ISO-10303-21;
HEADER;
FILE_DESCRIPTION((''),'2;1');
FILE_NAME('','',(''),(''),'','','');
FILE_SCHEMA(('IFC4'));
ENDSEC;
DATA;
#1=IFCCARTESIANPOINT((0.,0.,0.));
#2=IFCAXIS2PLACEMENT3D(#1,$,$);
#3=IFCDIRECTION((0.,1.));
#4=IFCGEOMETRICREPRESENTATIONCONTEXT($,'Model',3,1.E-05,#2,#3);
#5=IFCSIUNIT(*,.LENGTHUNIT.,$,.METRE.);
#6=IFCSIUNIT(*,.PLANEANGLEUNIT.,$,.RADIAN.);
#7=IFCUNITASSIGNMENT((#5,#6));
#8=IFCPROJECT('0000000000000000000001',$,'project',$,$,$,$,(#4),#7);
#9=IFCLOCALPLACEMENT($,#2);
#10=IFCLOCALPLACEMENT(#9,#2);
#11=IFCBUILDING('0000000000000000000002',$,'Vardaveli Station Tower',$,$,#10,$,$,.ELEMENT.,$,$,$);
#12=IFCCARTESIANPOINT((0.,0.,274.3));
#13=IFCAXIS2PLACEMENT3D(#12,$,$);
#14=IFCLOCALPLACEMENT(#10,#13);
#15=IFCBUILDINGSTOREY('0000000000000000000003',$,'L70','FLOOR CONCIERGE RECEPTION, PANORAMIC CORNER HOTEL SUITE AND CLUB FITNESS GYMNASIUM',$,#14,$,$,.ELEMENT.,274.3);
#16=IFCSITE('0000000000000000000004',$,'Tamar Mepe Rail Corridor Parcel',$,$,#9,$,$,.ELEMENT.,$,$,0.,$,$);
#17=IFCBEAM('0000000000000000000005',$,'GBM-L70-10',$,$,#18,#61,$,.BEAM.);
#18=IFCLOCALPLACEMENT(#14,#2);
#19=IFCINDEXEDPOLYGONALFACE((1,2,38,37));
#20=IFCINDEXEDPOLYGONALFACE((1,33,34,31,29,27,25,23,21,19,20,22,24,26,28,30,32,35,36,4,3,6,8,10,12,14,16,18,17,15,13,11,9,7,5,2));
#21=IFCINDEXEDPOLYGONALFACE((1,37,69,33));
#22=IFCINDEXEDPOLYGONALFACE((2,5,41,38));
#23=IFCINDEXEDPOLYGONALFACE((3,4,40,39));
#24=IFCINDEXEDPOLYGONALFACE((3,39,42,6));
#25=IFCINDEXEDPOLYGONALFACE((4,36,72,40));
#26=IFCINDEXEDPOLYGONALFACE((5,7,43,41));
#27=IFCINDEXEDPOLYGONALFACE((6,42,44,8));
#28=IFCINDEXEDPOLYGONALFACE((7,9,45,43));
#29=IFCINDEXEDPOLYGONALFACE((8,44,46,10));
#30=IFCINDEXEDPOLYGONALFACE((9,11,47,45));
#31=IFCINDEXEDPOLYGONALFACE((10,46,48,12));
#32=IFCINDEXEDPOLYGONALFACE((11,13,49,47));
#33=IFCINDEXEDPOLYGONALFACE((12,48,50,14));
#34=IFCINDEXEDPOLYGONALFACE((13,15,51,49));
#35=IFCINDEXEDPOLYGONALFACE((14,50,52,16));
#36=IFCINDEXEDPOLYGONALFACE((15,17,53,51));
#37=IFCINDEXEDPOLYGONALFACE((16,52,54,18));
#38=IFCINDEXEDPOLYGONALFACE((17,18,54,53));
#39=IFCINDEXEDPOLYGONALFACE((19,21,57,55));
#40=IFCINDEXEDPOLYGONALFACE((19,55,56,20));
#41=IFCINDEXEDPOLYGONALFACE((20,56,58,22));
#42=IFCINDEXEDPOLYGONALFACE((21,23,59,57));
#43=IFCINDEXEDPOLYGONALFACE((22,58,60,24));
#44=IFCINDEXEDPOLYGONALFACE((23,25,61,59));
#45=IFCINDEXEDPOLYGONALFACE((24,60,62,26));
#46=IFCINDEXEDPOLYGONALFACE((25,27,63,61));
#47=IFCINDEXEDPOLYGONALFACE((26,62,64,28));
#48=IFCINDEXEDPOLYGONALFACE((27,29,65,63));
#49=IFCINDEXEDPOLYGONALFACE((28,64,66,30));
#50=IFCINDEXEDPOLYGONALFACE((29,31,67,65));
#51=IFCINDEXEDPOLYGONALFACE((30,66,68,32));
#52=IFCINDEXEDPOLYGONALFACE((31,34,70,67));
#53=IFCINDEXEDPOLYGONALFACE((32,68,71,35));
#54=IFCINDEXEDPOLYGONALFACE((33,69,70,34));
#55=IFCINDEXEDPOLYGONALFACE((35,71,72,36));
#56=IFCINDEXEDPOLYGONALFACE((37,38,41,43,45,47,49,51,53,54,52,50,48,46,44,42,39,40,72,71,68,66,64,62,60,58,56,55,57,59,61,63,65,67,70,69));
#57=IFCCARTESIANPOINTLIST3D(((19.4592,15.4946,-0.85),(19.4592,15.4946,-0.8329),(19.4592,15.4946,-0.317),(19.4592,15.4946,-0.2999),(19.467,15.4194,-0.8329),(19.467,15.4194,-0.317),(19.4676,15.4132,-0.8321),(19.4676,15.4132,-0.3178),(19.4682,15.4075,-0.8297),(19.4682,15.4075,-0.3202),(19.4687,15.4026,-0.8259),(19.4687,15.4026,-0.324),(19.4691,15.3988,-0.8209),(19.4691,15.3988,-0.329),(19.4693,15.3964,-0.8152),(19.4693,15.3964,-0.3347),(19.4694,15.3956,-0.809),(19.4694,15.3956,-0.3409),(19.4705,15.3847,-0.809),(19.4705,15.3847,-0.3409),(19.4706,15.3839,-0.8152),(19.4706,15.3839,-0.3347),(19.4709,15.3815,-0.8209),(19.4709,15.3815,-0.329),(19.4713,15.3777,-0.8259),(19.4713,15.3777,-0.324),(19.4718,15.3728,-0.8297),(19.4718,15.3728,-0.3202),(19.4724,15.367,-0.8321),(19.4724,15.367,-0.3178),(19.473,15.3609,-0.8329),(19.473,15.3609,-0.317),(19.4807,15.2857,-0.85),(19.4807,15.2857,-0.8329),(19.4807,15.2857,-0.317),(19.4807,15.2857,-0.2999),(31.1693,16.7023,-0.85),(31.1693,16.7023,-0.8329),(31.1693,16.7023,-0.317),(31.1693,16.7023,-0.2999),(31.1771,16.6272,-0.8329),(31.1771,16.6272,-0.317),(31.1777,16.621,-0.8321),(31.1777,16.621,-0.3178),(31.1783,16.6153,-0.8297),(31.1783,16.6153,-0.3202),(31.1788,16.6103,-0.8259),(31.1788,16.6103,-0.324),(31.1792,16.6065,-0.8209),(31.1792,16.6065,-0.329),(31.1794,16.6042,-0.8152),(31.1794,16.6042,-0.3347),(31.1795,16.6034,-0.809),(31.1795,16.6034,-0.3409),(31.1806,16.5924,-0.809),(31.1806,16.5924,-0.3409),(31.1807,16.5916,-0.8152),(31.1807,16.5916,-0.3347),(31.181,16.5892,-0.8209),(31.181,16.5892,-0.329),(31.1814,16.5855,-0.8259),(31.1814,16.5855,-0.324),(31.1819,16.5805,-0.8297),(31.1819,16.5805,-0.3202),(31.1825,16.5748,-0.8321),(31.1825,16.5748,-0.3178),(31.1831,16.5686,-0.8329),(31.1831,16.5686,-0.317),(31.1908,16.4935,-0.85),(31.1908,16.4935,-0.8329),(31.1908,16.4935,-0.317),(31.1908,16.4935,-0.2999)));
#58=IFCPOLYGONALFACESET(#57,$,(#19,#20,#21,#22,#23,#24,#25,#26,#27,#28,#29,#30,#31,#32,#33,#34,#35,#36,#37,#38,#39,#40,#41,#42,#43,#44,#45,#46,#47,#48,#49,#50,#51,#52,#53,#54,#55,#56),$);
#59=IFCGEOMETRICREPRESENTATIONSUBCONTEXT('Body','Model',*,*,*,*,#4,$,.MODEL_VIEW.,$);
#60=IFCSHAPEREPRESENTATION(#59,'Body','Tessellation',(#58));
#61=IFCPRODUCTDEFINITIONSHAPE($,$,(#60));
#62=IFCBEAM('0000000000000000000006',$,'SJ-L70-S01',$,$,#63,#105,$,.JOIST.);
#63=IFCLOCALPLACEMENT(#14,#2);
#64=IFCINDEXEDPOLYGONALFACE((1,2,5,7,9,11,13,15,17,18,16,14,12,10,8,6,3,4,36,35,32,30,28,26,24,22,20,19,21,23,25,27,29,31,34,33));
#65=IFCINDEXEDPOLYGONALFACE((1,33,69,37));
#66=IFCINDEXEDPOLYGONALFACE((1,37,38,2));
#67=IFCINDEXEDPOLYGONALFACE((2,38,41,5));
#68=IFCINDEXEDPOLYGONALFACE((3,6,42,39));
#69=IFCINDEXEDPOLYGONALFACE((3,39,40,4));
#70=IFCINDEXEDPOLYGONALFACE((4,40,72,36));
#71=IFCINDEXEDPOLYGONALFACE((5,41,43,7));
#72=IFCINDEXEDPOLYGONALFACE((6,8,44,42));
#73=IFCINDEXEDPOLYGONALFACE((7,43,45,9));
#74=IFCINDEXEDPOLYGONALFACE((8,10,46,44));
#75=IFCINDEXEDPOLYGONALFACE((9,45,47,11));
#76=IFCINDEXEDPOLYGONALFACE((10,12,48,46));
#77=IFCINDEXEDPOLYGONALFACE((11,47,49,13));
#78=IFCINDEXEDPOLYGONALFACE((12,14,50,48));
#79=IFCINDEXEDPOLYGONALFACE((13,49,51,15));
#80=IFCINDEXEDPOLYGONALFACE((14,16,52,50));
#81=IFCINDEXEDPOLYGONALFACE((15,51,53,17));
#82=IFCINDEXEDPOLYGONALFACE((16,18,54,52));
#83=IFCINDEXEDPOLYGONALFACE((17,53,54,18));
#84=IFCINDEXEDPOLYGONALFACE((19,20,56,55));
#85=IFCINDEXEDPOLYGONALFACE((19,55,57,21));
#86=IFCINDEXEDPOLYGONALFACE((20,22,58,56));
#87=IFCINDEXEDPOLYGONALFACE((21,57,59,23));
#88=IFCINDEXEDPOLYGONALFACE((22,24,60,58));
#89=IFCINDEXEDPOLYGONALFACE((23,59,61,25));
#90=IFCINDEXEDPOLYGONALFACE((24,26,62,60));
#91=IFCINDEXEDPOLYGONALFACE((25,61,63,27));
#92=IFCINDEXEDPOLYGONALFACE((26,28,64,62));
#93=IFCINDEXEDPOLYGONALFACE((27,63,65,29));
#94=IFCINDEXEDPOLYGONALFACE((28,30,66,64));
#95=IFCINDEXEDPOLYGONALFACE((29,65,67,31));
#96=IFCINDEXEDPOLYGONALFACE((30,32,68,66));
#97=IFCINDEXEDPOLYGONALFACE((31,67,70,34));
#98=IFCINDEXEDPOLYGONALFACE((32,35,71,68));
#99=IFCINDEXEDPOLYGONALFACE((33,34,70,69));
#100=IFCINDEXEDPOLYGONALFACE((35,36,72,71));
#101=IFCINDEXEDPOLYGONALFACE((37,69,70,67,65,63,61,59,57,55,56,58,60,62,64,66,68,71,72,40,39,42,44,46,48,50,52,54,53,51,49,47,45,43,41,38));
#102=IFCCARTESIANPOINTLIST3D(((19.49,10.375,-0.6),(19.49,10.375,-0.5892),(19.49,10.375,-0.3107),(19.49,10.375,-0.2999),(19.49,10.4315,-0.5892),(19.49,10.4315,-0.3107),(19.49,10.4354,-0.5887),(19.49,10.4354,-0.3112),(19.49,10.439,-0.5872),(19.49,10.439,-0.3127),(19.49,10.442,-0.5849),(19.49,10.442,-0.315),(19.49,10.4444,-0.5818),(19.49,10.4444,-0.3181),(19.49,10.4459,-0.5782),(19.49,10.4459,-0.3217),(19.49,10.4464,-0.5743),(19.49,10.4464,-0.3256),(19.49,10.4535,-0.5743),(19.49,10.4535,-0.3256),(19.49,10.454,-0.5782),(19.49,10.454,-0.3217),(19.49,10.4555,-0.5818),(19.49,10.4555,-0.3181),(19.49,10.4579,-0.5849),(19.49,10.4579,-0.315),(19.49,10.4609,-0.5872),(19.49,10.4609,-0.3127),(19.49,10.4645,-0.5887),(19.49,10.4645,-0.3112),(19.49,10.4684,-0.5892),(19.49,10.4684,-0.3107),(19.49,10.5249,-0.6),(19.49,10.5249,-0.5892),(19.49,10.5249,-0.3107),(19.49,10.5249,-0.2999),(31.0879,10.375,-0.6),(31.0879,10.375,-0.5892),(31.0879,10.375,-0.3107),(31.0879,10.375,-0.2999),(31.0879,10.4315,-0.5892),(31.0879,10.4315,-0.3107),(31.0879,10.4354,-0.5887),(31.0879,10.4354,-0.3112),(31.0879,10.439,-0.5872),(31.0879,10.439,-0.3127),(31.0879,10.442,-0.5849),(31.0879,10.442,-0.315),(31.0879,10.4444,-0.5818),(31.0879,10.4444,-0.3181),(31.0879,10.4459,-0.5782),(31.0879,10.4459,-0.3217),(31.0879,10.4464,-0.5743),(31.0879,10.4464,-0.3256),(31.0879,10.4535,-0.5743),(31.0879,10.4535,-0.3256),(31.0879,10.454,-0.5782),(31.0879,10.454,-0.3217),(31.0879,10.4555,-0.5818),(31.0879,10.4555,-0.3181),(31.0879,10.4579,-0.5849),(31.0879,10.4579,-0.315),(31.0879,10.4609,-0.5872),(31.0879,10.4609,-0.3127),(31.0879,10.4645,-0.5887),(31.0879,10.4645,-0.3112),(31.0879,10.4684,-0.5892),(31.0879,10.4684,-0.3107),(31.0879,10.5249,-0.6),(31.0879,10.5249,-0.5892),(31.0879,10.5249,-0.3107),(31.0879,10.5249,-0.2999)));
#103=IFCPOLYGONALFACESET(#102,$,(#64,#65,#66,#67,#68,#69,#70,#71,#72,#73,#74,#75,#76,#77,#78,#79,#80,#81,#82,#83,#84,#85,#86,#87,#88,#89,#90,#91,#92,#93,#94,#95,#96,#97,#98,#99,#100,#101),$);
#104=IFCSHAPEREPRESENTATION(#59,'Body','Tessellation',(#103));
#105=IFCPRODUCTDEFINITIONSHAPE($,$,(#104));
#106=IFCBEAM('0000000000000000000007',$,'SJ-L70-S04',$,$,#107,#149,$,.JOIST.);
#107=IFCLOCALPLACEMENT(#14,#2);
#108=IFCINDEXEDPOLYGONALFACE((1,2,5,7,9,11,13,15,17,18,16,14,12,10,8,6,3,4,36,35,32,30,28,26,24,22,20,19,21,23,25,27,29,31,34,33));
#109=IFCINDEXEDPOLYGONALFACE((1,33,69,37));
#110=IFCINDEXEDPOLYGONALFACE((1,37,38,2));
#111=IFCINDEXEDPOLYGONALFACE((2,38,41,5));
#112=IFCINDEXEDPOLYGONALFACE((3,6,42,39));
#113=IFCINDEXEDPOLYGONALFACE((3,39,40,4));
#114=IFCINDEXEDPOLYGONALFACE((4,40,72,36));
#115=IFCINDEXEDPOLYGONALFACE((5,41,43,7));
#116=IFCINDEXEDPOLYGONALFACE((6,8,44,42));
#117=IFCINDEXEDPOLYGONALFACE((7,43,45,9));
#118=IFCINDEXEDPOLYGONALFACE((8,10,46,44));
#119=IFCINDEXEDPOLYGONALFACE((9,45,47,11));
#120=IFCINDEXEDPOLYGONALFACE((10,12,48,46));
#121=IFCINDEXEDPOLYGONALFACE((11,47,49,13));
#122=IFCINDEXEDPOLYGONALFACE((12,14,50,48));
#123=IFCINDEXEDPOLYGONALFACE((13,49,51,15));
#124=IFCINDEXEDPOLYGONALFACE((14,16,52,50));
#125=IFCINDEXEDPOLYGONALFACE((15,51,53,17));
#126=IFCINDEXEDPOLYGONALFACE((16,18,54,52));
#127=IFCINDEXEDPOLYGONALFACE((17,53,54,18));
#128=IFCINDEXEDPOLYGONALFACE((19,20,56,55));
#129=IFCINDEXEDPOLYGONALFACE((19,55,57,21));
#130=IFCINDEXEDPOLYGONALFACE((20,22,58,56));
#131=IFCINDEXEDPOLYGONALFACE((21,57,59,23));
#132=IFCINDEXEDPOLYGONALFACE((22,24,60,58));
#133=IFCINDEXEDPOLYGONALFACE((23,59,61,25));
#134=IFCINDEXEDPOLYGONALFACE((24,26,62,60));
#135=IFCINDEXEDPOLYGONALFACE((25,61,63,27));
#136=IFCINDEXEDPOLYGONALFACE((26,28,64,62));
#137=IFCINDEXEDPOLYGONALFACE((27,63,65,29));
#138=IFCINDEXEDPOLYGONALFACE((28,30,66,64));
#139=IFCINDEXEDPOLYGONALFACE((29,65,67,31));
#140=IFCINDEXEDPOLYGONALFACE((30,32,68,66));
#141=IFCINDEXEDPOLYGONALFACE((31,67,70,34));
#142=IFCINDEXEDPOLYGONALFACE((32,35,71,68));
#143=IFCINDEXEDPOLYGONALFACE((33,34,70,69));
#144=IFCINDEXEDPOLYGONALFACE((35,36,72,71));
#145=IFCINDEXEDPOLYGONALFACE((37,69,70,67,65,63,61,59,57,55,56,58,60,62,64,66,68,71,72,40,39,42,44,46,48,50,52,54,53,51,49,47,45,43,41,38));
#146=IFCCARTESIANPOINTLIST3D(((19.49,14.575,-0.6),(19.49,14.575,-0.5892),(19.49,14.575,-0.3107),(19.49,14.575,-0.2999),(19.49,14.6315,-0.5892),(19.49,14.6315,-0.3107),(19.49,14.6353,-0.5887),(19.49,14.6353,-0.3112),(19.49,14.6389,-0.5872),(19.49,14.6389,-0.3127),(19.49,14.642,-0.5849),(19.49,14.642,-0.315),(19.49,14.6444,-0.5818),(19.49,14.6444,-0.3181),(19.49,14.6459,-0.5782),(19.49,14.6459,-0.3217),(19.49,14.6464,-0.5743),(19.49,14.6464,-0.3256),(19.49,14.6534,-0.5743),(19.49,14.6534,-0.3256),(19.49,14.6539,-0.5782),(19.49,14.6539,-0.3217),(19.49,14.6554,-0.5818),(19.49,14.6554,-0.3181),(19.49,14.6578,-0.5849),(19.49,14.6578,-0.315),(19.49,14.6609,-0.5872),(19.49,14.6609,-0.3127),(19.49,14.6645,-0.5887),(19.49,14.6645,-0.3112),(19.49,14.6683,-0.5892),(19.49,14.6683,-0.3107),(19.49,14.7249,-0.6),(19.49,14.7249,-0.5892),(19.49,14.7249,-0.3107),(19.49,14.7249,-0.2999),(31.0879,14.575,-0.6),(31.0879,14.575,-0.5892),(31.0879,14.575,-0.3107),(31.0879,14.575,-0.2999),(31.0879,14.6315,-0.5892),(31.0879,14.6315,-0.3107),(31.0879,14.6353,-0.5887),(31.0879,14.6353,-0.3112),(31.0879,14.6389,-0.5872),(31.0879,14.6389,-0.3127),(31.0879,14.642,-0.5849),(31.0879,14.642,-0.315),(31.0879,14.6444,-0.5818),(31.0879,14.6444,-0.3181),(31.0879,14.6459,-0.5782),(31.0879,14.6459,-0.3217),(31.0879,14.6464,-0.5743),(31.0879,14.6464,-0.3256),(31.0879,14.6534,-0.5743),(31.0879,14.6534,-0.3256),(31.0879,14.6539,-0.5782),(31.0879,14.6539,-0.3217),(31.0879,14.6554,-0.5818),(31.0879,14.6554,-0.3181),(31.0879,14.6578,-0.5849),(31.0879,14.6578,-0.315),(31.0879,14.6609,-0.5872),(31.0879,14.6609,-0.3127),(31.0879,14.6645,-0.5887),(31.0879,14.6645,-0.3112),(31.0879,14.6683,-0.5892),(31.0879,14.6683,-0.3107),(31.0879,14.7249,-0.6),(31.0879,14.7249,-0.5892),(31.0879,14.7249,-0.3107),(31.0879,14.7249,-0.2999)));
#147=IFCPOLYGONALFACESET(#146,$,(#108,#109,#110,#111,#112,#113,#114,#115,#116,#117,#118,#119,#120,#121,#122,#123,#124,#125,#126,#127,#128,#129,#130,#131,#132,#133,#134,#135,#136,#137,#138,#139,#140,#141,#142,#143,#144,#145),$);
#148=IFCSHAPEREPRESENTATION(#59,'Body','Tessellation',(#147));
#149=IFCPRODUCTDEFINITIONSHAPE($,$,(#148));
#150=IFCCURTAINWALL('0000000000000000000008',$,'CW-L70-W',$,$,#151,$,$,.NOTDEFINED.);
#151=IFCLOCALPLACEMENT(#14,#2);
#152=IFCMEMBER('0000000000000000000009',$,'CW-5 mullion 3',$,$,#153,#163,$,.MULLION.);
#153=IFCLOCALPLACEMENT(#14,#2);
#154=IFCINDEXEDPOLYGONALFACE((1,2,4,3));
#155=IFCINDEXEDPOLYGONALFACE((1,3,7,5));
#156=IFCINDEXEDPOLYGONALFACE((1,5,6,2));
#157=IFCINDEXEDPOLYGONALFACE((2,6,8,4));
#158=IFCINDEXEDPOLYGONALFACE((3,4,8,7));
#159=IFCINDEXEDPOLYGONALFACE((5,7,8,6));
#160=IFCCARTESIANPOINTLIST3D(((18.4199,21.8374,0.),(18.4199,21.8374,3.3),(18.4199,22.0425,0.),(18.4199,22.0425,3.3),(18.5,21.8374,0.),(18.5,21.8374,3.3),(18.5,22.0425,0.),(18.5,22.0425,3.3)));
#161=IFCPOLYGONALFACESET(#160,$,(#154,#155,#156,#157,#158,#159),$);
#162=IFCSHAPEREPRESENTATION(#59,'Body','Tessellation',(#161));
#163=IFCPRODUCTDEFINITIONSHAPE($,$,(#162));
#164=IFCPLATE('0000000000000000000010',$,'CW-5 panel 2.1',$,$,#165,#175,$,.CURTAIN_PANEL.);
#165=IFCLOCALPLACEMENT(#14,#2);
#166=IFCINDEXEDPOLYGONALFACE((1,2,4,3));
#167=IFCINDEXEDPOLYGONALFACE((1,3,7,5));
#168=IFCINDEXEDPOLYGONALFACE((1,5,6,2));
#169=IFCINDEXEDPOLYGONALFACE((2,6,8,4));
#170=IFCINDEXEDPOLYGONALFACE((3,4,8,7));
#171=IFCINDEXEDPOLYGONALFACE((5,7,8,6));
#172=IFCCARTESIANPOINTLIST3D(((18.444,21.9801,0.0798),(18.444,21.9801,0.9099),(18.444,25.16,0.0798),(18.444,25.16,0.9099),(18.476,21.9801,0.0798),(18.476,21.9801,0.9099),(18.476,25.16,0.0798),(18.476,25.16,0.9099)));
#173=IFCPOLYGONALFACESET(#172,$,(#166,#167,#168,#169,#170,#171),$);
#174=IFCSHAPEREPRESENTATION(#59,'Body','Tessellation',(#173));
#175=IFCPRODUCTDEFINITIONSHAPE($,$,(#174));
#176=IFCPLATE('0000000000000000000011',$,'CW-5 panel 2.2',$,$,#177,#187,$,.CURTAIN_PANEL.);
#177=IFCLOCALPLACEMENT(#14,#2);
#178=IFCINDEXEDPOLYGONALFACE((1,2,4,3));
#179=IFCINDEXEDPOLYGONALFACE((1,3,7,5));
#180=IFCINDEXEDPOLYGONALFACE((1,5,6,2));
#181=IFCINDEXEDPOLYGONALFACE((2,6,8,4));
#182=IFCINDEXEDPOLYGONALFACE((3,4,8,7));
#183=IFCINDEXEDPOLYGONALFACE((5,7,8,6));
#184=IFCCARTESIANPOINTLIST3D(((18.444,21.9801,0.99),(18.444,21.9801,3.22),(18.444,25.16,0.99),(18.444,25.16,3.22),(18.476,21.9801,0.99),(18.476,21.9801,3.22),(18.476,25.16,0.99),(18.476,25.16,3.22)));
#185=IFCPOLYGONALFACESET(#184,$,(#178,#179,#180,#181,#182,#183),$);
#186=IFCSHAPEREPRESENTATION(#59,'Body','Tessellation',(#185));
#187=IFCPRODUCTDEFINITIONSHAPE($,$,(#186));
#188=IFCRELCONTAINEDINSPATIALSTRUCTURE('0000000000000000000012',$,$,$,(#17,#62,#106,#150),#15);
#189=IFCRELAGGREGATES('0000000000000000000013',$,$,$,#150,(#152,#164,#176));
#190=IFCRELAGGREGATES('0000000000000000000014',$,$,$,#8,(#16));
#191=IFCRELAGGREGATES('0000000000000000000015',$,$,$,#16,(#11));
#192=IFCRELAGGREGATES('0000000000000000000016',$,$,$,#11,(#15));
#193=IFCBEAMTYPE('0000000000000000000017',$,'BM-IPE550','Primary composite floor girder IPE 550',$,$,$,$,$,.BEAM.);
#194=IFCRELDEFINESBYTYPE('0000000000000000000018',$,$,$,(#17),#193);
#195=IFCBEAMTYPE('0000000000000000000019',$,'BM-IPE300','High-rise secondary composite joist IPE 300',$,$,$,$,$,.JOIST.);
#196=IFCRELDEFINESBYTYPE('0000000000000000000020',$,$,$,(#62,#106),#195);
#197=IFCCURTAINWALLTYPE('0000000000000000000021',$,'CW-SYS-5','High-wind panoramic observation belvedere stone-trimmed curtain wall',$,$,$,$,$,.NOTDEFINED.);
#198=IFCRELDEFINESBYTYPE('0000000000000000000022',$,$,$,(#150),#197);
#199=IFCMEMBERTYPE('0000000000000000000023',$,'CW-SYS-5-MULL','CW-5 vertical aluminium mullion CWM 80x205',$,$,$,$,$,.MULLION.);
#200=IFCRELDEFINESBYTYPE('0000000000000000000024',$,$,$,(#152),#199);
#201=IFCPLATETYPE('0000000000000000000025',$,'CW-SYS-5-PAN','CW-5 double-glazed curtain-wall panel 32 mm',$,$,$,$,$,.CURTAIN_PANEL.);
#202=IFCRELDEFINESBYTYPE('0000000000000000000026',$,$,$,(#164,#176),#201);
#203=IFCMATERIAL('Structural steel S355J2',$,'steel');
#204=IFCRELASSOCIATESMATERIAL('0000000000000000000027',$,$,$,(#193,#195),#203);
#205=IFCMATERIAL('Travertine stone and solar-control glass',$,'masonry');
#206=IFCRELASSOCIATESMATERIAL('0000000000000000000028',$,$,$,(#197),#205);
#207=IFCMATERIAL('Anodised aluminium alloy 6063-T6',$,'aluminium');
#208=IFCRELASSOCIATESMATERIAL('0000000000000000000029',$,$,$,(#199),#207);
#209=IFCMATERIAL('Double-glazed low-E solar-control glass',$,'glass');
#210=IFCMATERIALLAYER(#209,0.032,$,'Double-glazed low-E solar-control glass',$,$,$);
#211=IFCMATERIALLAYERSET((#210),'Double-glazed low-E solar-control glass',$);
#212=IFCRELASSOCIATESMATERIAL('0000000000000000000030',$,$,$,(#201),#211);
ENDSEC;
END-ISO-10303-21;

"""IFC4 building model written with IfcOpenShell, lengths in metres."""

from ifc_helpers import new_model, si_unit, direction, frame, origin, origin_2d, place, context, subcontext, project, spatial, rectangle, i_section, extrude, source, transform, mapped, material, layer, layer_set, material_profile, profile_set, type_object, element, aggregate, save


model = new_model("IFC4")

# Units and contexts
model_context = context("Model", 3, precision=1e-05, world=origin(), true_north=direction((0.0, 1.0)))
body_context = subcontext(model_context, "Body", "Model", "MODEL_VIEW")
ifc_project = project(units=[si_unit("LENGTHUNIT", "METRE"), si_unit("PLANEANGLEUNIT", "RADIAN")], contexts=[model_context])

# Site, building, storey
site_placement = place(None, origin())
site = spatial("IfcSite", under=ifc_project, at=site_placement, Name="Tamar Mepe Rail Corridor Parcel", CompositionType="ELEMENT", RefElevation=0.0)
building_placement = place(site_placement, origin())
building = spatial("IfcBuilding", under=site, at=building_placement, Name="Vardaveli Station Tower", CompositionType="ELEMENT")
storey_placement = place(building_placement, frame((0.0, 0.0, 274.3)))
storey = spatial("IfcBuildingStorey", under=building, at=storey_placement, Name="L70", Description="FLOOR CONCIERGE RECEPTION, PANORAMIC CORNER HOTEL SUITE AND CLUB FITNESS GYMNASIUM", CompositionType="ELEMENT", Elevation=274.3)

# Beams
ifc_material_1 = material(Name="Structural steel S355J2", Category="steel")
ifc_material_profile_1 = material_profile(ifc_material_1, i_section(OverallWidth=0.21, OverallDepth=0.55, WebThickness=0.011, FlangeThickness=0.0171, FilletRadius=0.0239, at=origin_2d()), Name="IPE 550")
ifc_profile_set_1 = profile_set([ifc_material_profile_1], Name="Structural steel S355J2")
beam_type_1 = type_object("IfcBeamType", Name="BM-IPE550", Description="Primary composite floor girder IPE 550", PredefinedType="BEAM", material=ifc_profile_set_1)
shared_shape_1 = source(origin(), body_context, "Body", "SweptSolid", [
    extrude(i_section(OverallWidth=0.21, OverallDepth=0.55, WebThickness=0.011, FlangeThickness=0.0171, FilletRadius=0.0239, at=origin_2d()), origin(), (0.0, 0.0, 1.0), 11.7722),
])
beam_1_placement = place(storey_placement, frame((19.47, 15.3901, -0.575), z_axis=(0.994723, 0.102593, 0.0), x_axis=(-0.102593, 0.994723, 0.0)))
element("IfcBeam", 1, at=beam_1_placement, inside=storey, type_object=beam_type_1, Name="GBM-L70-10", PredefinedType="BEAM", context=body_context, shape_type="MappedRepresentation", body=[
    mapped(shared_shape_1, transform((0.0, 0.0, 0.0), scale=1.0)),
])
ifc_material_profile_2 = material_profile(ifc_material_1, i_section(OverallWidth=0.1499, OverallDepth=0.3, WebThickness=0.0071, FlangeThickness=0.0107, FilletRadius=0.0149, at=origin_2d()), Name="IPE 300")
ifc_profile_set_2 = profile_set([ifc_material_profile_2], Name="Structural steel S355J2")
beam_type_2 = type_object("IfcBeamType", Name="BM-IPE300", Description="High-rise secondary composite joist IPE 300", PredefinedType="JOIST", material=ifc_profile_set_2)
shared_shape_2 = source(origin(), body_context, "Body", "SweptSolid", [
    extrude(i_section(OverallWidth=0.1499, OverallDepth=0.3, WebThickness=0.0071, FlangeThickness=0.0107, FilletRadius=0.0149, at=origin_2d()), origin(), (0.0, 0.0, 1.0), 11.5979),
])
for number, where, z_axis, x_axis, name in (
    (2, (19.49, 10.45, -0.45), (1.0, 0.0, 0.0), (0.0, 1.0, 0.0), "SJ-L70-S01"),
    (3, (19.49, 14.6499, -0.45), (1.0, 0.0, 0.0), (0.0, 1.0, 0.0), "SJ-L70-S04"),
):
    element("IfcBeam", number, at=place(storey_placement, frame(where, z_axis=z_axis, x_axis=x_axis)), inside=storey, type_object=beam_type_2, Name=name, PredefinedType="JOIST", context=body_context, shape_type="MappedRepresentation", body=[
        mapped(shared_shape_2, transform((0.0, 0.0, 0.0), scale=1.0)),
    ])

# Curtain wall, member, plates
ifc_material_2 = material(Name="Travertine stone and solar-control glass", Category="masonry")
curtain_wall_type = type_object("IfcCurtainWallType", Name="CW-SYS-5", Description="High-wind panoramic observation belvedere stone-trimmed curtain wall", PredefinedType="NOTDEFINED", material=ifc_material_2)
curtain_wall_placement = place(storey_placement, origin())
curtain_wall = element("IfcCurtainWall", 4, at=curtain_wall_placement, inside=storey, type_object=curtain_wall_type, Name="CW-L70-W", PredefinedType="NOTDEFINED")
ifc_material_3 = material(Name="Anodised aluminium alloy 6063-T6", Category="aluminium")
ifc_material_profile_3 = material_profile(ifc_material_3, rectangle(XDim=0.0801, YDim=0.2051, at=origin_2d()), Name="CWM 80x205")
ifc_profile_set_3 = profile_set([ifc_material_profile_3], Name="Anodised aluminium alloy 6063-T6")
member_type = type_object("IfcMemberType", Name="CW-SYS-5-MULL", Description="CW-5 vertical aluminium mullion CWM 80x205", PredefinedType="MULLION", material=ifc_profile_set_3)
shared_shape_3 = source(origin(), body_context, "Body", "SweptSolid", [
    extrude(rectangle(XDim=0.0801, YDim=0.2051, at=origin_2d()), origin(), (0.0, 0.0, 1.0), 3.3),
])
member_placement = place(storey_placement, frame((18.46, 21.9399, 0.0), z_axis=(0.0, 0.0, 1.0), x_axis=(1.0, 0.0, 0.0)))
member = element("IfcMember", 5, at=member_placement, type_object=member_type, Name="CW-5 mullion 3", PredefinedType="MULLION", context=body_context, shape_type="MappedRepresentation", body=[
    mapped(shared_shape_3, transform((0.0, 0.0, 0.0), scale=1.0)),
])
ifc_material_4 = material(Name="Double-glazed low-E solar-control glass", Category="glass")
ifc_layer_1 = layer(ifc_material_4, 0.032, Name="Double-glazed low-E solar-control glass")
ifc_layer_set_1 = layer_set([ifc_layer_1], Name="Double-glazed low-E solar-control glass")
plate_type = type_object("IfcPlateType", Name="CW-SYS-5-PAN", Description="CW-5 double-glazed curtain-wall panel 32 mm", PredefinedType="CURTAIN_PANEL", material=ifc_layer_set_1)
shared_shape_4 = source(origin(), body_context, "Body", "SweptSolid", [
    extrude(rectangle(XDim=3.1799, YDim=0.032, at=origin_2d()), origin(), (0.0, 0.0, 1.0), 0.8301),
])
plate_1_placement = place(storey_placement, frame((18.46, 23.5701, 0.0798), z_axis=(0.0, 0.0, 1.0), x_axis=(0.0, -1.0, 0.0)))
plate_1 = element("IfcPlate", 6, at=plate_1_placement, type_object=plate_type, Name="CW-5 panel 2.1", PredefinedType="CURTAIN_PANEL", context=body_context, shape_type="MappedRepresentation", body=[
    mapped(shared_shape_4, transform((0.0, 0.0, 0.0), scale=1.0)),
])
shared_shape_5 = source(origin(), body_context, "Body", "SweptSolid", [
    extrude(rectangle(XDim=3.1799, YDim=0.032, at=origin_2d()), origin(), (0.0, 0.0, 1.0), 2.23),
])
plate_2_placement = place(storey_placement, frame((18.46, 23.5701, 0.99), z_axis=(0.0, 0.0, 1.0), x_axis=(0.0, -1.0, 0.0)))
plate_2 = element("IfcPlate", 7, at=plate_2_placement, type_object=plate_type, Name="CW-5 panel 2.2", PredefinedType="CURTAIN_PANEL", context=body_context, shape_type="MappedRepresentation", body=[
    mapped(shared_shape_5, transform((0.0, 0.0, 0.0), scale=1.0)),
])
aggregate(curtain_wall, [member, plate_1, plate_2])

save(model, "model.ifc")
